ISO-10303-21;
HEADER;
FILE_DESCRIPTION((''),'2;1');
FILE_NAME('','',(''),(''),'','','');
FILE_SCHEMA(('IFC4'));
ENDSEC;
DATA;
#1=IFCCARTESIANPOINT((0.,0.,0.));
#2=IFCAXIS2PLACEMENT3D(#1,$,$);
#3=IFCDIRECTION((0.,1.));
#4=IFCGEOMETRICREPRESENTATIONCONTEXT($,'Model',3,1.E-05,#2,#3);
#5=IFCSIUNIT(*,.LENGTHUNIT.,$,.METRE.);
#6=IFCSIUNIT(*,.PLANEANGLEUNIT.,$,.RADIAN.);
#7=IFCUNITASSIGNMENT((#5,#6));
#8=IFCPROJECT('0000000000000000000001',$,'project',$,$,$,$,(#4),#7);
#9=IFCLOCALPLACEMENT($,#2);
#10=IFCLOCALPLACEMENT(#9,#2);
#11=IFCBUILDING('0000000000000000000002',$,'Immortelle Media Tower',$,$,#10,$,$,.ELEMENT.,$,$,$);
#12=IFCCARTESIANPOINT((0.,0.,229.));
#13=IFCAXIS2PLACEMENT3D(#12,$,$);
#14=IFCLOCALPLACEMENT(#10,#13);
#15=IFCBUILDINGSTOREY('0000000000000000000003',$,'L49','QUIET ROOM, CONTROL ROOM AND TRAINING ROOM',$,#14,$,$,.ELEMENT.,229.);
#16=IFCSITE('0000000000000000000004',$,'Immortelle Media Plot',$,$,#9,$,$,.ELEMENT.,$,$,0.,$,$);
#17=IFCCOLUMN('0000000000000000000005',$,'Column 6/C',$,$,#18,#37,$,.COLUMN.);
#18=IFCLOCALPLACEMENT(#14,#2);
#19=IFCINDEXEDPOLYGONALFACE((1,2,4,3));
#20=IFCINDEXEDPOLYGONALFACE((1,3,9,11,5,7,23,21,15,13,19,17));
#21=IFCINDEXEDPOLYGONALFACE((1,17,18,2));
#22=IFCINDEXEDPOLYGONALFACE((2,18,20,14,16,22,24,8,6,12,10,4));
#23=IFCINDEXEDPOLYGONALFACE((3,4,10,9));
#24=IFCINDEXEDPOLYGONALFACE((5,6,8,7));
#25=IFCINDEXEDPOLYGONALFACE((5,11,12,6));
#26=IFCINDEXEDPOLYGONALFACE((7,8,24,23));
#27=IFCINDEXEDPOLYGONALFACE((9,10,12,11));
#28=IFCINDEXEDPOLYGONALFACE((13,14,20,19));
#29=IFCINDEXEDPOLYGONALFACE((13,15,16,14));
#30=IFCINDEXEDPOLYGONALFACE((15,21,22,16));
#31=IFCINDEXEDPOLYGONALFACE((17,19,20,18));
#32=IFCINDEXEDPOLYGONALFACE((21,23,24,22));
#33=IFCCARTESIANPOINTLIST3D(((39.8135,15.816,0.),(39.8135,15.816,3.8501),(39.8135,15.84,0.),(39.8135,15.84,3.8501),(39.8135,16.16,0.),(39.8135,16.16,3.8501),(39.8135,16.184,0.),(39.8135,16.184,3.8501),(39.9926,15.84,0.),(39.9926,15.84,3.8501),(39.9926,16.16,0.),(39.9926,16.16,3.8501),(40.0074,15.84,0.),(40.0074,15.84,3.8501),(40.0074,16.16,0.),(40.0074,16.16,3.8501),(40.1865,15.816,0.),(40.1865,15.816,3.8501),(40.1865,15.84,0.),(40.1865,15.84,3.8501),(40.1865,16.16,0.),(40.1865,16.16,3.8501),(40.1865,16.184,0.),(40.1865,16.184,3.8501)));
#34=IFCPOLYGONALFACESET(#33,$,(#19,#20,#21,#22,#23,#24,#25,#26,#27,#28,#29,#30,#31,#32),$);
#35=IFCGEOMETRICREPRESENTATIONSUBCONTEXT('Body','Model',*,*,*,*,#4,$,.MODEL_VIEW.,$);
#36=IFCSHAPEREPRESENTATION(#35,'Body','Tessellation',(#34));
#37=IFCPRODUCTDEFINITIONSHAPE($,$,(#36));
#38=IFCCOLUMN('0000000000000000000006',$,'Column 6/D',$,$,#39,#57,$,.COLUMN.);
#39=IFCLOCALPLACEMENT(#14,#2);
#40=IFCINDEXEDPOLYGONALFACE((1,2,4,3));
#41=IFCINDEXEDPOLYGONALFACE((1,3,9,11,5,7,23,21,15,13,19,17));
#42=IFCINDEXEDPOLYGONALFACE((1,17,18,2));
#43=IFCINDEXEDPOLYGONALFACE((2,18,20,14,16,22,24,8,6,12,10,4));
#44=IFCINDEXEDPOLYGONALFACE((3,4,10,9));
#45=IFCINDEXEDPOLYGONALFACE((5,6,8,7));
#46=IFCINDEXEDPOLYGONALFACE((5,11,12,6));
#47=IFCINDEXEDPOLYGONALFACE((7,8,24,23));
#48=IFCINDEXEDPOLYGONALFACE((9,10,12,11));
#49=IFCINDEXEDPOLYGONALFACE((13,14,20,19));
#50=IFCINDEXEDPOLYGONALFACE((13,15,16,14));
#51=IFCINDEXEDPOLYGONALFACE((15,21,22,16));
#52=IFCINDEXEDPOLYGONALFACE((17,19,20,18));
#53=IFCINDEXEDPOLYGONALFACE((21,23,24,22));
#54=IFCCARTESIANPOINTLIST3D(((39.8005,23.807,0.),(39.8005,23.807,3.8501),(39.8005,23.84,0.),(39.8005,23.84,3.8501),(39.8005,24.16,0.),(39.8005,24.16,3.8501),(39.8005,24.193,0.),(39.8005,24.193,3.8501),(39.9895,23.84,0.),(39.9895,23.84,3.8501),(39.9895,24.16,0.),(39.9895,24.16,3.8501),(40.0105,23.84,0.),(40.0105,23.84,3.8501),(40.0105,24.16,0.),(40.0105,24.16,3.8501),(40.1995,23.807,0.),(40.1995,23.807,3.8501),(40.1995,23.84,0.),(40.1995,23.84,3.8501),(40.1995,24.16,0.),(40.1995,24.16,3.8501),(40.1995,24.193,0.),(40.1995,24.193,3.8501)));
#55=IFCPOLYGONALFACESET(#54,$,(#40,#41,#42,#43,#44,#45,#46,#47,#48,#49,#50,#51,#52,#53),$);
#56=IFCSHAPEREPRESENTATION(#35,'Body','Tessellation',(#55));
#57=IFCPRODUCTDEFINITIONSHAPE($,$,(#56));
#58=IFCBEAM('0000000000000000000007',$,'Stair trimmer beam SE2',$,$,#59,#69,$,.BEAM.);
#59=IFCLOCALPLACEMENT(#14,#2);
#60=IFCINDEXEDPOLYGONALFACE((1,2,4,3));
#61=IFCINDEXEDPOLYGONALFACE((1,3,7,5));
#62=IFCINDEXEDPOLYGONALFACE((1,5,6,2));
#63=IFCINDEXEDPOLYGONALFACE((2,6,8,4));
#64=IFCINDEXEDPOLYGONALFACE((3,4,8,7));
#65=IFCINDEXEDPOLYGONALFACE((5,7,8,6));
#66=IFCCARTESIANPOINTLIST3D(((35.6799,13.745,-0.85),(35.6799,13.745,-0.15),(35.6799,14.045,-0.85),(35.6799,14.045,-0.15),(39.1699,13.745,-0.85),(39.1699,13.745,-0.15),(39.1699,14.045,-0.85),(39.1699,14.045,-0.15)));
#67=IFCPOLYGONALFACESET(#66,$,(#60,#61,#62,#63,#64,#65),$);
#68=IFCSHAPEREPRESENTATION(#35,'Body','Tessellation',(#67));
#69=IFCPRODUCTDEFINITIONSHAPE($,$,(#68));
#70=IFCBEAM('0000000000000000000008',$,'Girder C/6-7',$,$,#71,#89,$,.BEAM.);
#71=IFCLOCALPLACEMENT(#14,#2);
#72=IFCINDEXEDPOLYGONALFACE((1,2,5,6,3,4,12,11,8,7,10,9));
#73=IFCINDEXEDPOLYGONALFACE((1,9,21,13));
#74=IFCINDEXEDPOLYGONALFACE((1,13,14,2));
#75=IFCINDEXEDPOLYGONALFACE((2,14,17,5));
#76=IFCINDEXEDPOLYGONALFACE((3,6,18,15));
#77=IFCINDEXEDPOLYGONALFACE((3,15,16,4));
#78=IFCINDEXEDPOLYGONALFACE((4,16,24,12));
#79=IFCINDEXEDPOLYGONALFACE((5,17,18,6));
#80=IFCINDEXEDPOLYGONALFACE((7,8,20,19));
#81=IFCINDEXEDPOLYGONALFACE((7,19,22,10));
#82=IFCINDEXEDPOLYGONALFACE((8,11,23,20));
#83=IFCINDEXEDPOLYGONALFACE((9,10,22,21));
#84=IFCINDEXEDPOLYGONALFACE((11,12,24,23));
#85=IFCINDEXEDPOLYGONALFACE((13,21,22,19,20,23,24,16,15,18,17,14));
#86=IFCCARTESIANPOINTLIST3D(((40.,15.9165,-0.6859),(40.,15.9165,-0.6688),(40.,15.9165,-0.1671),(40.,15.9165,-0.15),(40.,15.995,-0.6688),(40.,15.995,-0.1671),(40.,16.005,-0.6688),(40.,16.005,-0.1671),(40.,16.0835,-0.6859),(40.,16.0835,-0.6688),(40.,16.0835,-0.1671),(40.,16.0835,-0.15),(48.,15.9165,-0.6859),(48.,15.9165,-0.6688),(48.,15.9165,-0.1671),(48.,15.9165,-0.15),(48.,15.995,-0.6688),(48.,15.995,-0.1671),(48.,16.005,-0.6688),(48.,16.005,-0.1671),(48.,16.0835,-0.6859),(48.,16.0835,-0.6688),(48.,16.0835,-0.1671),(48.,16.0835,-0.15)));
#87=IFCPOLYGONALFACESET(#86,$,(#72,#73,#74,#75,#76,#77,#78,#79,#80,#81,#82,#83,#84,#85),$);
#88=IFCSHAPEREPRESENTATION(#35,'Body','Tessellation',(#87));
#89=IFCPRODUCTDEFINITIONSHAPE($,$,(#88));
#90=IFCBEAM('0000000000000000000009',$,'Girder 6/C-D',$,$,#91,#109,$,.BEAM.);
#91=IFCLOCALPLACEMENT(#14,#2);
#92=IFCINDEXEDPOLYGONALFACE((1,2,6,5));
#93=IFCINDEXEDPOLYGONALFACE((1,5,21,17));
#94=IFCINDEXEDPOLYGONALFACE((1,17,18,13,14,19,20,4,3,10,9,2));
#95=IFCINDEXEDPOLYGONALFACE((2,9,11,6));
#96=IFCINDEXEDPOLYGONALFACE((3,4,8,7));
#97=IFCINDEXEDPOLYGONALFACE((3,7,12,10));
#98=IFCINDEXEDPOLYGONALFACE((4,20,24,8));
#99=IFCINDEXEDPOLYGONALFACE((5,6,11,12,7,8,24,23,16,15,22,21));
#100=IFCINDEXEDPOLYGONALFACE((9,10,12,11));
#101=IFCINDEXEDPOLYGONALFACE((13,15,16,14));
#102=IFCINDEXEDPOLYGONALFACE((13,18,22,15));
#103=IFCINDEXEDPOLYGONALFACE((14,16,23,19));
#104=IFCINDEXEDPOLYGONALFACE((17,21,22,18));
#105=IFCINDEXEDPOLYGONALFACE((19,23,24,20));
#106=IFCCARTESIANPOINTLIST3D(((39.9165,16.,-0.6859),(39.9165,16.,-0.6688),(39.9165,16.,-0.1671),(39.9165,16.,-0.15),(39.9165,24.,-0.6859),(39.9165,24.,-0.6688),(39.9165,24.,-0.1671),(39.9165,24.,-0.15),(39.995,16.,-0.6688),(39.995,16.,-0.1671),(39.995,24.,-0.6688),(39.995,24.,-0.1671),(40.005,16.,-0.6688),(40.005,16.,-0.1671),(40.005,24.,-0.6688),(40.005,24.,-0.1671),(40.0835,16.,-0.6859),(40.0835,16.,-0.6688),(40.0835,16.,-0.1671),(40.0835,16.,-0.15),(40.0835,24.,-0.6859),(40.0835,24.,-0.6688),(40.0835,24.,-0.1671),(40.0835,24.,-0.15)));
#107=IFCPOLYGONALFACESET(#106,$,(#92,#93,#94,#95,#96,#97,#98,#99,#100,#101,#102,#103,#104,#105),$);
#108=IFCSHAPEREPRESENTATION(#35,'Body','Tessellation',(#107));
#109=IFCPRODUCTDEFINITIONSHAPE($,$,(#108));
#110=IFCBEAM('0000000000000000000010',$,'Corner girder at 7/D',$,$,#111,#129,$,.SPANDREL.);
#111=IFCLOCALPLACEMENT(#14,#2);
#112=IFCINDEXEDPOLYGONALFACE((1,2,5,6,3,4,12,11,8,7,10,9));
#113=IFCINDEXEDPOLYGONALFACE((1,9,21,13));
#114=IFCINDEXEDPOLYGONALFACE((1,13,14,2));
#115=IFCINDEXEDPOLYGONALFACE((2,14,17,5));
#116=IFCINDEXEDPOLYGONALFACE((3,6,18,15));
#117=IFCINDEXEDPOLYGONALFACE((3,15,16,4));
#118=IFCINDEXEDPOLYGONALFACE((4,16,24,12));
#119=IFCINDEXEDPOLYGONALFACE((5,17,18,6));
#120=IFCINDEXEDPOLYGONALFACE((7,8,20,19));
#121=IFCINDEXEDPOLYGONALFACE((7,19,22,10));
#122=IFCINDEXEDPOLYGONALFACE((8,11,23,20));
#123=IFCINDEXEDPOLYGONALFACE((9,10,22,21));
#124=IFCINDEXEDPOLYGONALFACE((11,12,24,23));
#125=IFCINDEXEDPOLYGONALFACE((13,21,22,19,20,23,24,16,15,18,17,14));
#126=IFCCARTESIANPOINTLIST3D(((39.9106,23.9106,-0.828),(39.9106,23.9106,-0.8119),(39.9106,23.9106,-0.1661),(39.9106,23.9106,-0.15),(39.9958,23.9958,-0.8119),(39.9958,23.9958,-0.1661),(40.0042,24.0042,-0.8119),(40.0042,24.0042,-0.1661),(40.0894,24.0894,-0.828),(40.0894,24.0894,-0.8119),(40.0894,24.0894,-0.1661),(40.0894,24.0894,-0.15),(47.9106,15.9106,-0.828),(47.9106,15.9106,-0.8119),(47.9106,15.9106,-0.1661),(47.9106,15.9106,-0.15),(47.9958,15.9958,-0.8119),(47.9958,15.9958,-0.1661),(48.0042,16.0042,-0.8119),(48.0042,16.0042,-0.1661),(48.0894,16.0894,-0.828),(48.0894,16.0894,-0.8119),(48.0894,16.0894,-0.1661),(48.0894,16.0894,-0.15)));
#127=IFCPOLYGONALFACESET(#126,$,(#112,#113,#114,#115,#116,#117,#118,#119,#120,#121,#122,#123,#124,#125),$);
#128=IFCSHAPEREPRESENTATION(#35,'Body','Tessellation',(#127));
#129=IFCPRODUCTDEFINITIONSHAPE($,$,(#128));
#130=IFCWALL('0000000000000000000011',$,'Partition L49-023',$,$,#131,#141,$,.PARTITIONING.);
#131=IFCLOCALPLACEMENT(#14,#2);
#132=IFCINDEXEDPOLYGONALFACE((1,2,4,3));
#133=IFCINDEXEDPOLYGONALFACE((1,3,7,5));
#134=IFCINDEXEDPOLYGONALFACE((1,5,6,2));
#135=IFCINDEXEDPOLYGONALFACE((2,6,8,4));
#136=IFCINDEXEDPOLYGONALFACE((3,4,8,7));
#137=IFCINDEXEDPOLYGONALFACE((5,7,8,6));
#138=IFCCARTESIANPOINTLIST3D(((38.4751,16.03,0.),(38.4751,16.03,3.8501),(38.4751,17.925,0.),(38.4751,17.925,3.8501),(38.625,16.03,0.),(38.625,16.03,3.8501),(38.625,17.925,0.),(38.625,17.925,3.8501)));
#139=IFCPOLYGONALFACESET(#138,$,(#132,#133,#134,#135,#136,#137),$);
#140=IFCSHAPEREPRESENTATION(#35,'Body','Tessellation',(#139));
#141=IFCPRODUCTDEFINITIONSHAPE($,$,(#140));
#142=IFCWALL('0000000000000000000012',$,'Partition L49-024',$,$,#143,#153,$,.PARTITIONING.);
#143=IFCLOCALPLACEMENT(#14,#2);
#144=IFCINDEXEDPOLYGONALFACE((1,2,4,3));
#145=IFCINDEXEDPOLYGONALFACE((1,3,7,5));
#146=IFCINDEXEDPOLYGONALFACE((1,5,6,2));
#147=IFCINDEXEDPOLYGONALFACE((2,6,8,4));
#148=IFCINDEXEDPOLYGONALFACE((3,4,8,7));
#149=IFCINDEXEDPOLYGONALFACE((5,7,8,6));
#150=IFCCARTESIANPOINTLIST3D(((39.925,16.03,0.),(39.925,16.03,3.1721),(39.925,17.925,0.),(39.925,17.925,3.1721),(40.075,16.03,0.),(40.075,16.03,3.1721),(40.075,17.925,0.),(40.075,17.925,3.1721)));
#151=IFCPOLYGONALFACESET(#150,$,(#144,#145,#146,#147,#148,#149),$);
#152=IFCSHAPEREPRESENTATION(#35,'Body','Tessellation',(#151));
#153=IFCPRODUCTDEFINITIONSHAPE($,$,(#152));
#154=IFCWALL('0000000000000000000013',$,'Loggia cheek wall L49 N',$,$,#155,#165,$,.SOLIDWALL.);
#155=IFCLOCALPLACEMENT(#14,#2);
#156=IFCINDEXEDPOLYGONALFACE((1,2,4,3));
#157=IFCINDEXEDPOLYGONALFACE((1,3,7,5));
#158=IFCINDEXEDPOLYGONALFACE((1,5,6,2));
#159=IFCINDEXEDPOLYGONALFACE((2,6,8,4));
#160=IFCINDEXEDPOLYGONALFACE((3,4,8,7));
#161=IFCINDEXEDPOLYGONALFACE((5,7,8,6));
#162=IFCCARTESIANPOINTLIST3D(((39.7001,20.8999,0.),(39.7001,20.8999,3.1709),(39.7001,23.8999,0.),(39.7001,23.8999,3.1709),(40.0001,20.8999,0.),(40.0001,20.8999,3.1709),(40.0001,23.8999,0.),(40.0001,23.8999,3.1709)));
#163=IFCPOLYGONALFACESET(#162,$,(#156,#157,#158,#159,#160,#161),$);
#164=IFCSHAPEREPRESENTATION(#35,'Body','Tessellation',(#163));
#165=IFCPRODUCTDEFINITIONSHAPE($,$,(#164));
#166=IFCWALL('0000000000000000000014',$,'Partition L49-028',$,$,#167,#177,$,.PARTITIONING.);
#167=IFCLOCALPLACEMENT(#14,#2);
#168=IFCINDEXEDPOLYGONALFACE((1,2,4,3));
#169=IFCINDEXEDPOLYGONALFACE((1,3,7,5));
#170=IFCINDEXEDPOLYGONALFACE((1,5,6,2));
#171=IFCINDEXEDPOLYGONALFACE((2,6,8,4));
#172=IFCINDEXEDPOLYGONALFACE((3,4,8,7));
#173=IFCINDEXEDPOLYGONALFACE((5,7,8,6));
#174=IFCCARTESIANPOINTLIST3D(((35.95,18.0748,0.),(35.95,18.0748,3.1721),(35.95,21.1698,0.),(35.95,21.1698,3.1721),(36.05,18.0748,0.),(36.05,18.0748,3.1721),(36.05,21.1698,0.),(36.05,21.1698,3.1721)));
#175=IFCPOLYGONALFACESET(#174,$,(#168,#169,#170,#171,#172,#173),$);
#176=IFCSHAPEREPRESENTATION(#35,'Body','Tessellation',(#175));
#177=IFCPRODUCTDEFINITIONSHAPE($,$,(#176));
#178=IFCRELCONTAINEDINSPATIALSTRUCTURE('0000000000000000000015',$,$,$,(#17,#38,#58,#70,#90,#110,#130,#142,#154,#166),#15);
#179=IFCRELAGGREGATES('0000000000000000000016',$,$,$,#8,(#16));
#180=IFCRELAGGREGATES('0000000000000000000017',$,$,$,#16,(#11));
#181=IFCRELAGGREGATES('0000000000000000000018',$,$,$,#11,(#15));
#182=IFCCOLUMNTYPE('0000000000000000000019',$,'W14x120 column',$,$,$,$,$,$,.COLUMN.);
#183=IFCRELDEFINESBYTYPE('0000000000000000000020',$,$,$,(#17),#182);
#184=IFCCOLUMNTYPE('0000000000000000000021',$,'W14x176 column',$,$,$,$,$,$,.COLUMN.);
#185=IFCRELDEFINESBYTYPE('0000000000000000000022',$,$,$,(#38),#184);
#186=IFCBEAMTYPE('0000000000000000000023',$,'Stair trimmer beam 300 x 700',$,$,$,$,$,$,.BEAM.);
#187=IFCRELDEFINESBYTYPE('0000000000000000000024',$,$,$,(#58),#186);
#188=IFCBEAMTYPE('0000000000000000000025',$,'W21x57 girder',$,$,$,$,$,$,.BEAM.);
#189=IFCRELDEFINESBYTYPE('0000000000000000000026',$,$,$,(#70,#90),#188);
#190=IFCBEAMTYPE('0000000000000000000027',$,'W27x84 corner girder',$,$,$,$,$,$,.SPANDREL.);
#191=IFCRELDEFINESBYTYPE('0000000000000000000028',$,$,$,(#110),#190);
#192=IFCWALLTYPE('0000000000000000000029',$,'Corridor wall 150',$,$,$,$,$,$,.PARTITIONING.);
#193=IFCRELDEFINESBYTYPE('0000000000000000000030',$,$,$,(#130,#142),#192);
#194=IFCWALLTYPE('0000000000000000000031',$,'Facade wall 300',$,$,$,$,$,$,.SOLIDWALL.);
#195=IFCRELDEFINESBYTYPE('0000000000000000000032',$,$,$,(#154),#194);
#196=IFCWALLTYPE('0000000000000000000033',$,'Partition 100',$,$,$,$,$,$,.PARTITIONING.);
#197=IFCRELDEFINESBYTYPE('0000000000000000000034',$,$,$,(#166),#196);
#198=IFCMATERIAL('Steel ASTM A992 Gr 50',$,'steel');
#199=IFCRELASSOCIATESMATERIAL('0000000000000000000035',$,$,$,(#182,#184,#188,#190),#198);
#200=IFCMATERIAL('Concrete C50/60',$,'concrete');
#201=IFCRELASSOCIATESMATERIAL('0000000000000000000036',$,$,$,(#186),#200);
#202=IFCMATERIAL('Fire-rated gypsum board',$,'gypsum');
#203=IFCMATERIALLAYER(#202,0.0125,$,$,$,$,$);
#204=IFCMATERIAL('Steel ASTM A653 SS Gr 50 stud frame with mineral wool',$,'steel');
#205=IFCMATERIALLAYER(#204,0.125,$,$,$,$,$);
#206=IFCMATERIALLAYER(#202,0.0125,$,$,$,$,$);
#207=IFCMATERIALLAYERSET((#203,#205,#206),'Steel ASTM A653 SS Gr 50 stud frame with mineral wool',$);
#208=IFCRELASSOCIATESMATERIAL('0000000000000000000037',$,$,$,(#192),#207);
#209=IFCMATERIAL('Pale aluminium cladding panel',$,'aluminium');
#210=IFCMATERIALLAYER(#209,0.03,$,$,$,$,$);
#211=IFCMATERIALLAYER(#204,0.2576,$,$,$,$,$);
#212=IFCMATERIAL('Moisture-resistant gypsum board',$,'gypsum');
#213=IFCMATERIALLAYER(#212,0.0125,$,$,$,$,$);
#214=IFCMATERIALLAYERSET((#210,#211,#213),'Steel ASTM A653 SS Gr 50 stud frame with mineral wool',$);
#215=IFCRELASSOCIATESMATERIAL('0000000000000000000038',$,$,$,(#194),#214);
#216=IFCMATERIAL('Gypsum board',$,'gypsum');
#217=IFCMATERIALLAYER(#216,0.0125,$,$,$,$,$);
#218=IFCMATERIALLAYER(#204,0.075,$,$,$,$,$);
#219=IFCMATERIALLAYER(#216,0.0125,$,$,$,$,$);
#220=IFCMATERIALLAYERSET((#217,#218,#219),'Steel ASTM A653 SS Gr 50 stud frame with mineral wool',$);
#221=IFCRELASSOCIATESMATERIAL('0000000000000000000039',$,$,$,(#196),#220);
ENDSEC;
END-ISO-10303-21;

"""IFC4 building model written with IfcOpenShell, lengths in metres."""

from ifc_helpers import new_model, si_unit, direction, frame, frame_2d, origin, origin_2d, place, context, subcontext, project, spatial, rectangle, i_section, extrude, material, layer, layer_set, material_profile, profile_set, type_object, element, save


model = new_model("IFC4")

# Units and contexts
model_context = context("Model", 3, precision=1e-05, world=origin(), true_north=direction((0.0, 1.0)))
body_context = subcontext(model_context, "Body", "Model", "MODEL_VIEW")
ifc_project = project(units=[si_unit("LENGTHUNIT", "METRE"), si_unit("PLANEANGLEUNIT", "RADIAN")], contexts=[model_context])

# Site, building, storey
site_placement = place(None, origin())
site = spatial("IfcSite", under=ifc_project, at=site_placement, Name="Immortelle Media Plot", CompositionType="ELEMENT", RefElevation=0.0)
building_placement = place(site_placement, origin())
building = spatial("IfcBuilding", under=site, at=building_placement, Name="Immortelle Media Tower", CompositionType="ELEMENT")
storey_placement = place(building_placement, frame((0.0, 0.0, 229.0)))
storey = spatial("IfcBuildingStorey", under=building, at=storey_placement, Name="L49", Description="QUIET ROOM, CONTROL ROOM AND TRAINING ROOM", CompositionType="ELEMENT", Elevation=229.0)

# Columns
ifc_material_1 = material(Name="Steel ASTM A992 Gr 50", Category="steel")
ifc_material_profile_1 = material_profile(ifc_material_1, i_section(OverallWidth=0.373, OverallDepth=0.3679, WebThickness=0.0149, FlangeThickness=0.0239, at=origin_2d()), Name="W14x120")
ifc_profile_set_1 = profile_set([ifc_material_profile_1], Name="Steel ASTM A992 Gr 50")
column_type_1 = type_object("IfcColumnType", Name="W14x120 column", PredefinedType="COLUMN", material=ifc_profile_set_1)
column_1_placement = place(storey_placement, frame((40.0, 16.0, 0.0), z_axis=(0.0, 0.0, 1.0), x_axis=(1.0, 0.0, 0.0)))
element("IfcColumn", 1, at=column_1_placement, inside=storey, type_object=column_type_1, Name="Column 6/C", PredefinedType="COLUMN", context=body_context, shape_type="SweptSolid", body=[
    extrude(i_section(OverallWidth=0.373, OverallDepth=0.3679, WebThickness=0.0149, FlangeThickness=0.0239, at=origin_2d()), origin(), (0.0, 0.0, 1.0), 3.8501),
])
ifc_material_profile_2 = material_profile(ifc_material_1, i_section(OverallWidth=0.3989, OverallDepth=0.386, WebThickness=0.021, FlangeThickness=0.033, at=origin_2d()), Name="W14x176")
ifc_profile_set_2 = profile_set([ifc_material_profile_2], Name="Steel ASTM A992 Gr 50")
column_type_2 = type_object("IfcColumnType", Name="W14x176 column", PredefinedType="COLUMN", material=ifc_profile_set_2)
column_2_placement = place(storey_placement, frame((40.0, 24.0, 0.0), z_axis=(0.0, 0.0, 1.0), x_axis=(1.0, 0.0, 0.0)))
element("IfcColumn", 2, at=column_2_placement, inside=storey, type_object=column_type_2, Name="Column 6/D", PredefinedType="COLUMN", context=body_context, shape_type="SweptSolid", body=[
    extrude(i_section(OverallWidth=0.3989, OverallDepth=0.386, WebThickness=0.021, FlangeThickness=0.033, at=origin_2d()), origin(), (0.0, 0.0, 1.0), 3.8501),
])

# Beams
ifc_material_2 = material(Name="Concrete C50/60", Category="concrete")
ifc_material_profile_3 = material_profile(ifc_material_2, rectangle(XDim=0.3, YDim=0.7, at=origin_2d()), Name="RC 300x700")
ifc_profile_set_3 = profile_set([ifc_material_profile_3], Name="Concrete C50/60")
beam_type_1 = type_object("IfcBeamType", Name="Stair trimmer beam 300 x 700", PredefinedType="BEAM", material=ifc_profile_set_3)
beam_1_placement = place(storey_placement, frame((35.6799, 13.895, -0.5), z_axis=(1.0, 0.0, 0.0), x_axis=(0.0, 1.0, 0.0)))
element("IfcBeam", 3, at=beam_1_placement, inside=storey, type_object=beam_type_1, Name="Stair trimmer beam SE2", PredefinedType="BEAM", context=body_context, shape_type="SweptSolid", body=[
    extrude(rectangle(XDim=0.3, YDim=0.7, at=origin_2d()), origin(), (0.0, 0.0, 1.0), 3.49),
])
ifc_material_profile_4 = material_profile(ifc_material_1, i_section(OverallWidth=0.167, OverallDepth=0.5359, WebThickness=0.01, FlangeThickness=0.0171, at=origin_2d()), Name="W21x57")
ifc_profile_set_4 = profile_set([ifc_material_profile_4], Name="Steel ASTM A992 Gr 50")
beam_type_2 = type_object("IfcBeamType", Name="W21x57 girder", PredefinedType="BEAM", material=ifc_profile_set_4)
for number, where, z_axis, x_axis, name in (
    (4, (40.0, 16.0, -0.418), (1.0, 0.0, 0.0), (0.0, 1.0, 0.0), "Girder C/6-7"),
    (5, (40.0, 16.0, -0.418), (0.0, 1.0, 0.0), (-1.0, 0.0, 0.0), "Girder 6/C-D"),
):
    element("IfcBeam", number, at=place(storey_placement, frame(where, z_axis=z_axis, x_axis=x_axis)), inside=storey, type_object=beam_type_2, Name=name, PredefinedType="BEAM", context=body_context, shape_type="SweptSolid", body=[
        extrude(i_section(OverallWidth=0.167, OverallDepth=0.5359, WebThickness=0.01, FlangeThickness=0.0171, at=origin_2d()), origin(), (0.0, 0.0, 1.0), 8.0),
    ])
ifc_material_profile_5 = material_profile(ifc_material_1, i_section(OverallWidth=0.2529, OverallDepth=0.678, WebThickness=0.012, FlangeThickness=0.0161, at=origin_2d()), Name="W27x84")
ifc_profile_set_5 = profile_set([ifc_material_profile_5], Name="Steel ASTM A992 Gr 50")
beam_type_3 = type_object("IfcBeamType", Name="W27x84 corner girder", PredefinedType="SPANDREL", material=ifc_profile_set_5)
beam_2_placement = place(storey_placement, frame((40.0, 24.0, -0.489), z_axis=(0.707107, -0.707107, 0.0), x_axis=(0.707107, 0.707107, 0.0)))
element("IfcBeam", 6, at=beam_2_placement, inside=storey, type_object=beam_type_3, Name="Corner girder at 7/D", PredefinedType="SPANDREL", context=body_context, shape_type="SweptSolid", body=[
    extrude(i_section(OverallWidth=0.2529, OverallDepth=0.678, WebThickness=0.012, FlangeThickness=0.0161, at=origin_2d()), origin(), (0.0, 0.0, 1.0), 11.3137),
])

# Walls
ifc_material_3 = material(Name="Fire-rated gypsum board", Category="gypsum")
ifc_layer_1 = layer(ifc_material_3, 0.0125)
ifc_material_4 = material(Name="Steel ASTM A653 SS Gr 50 stud frame with mineral wool", Category="steel")
ifc_layer_2 = layer(ifc_material_4, 0.125)
ifc_layer_3 = layer(ifc_material_3, 0.0125)
ifc_layer_set_1 = layer_set([ifc_layer_1, ifc_layer_2, ifc_layer_3], Name="Steel ASTM A653 SS Gr 50 stud frame with mineral wool")
wall_type_1 = type_object("IfcWallType", Name="Corridor wall 150", PredefinedType="PARTITIONING", material=ifc_layer_set_1)
wall_1_placement = place(storey_placement, frame((38.55, 16.03, 0.0), z_axis=(0.0, 0.0, 1.0), x_axis=(0.0, 1.0, 0.0)))
element("IfcWall", 7, at=wall_1_placement, inside=storey, type_object=wall_type_1, Name="Partition L49-023", PredefinedType="PARTITIONING", context=body_context, shape_type="SweptSolid", body=[
    extrude(rectangle(XDim=1.895, YDim=0.1499, at=frame_2d((0.9475, 0.0))), origin(), (0.0, 0.0, 1.0), 3.8501),
])
wall_2_placement = place(storey_placement, frame((40.0, 16.03, 0.0), z_axis=(0.0, 0.0, 1.0), x_axis=(0.0, 1.0, 0.0)))
element("IfcWall", 8, at=wall_2_placement, inside=storey, type_object=wall_type_1, Name="Partition L49-024", PredefinedType="PARTITIONING", context=body_context, shape_type="SweptSolid", body=[
    extrude(rectangle(XDim=1.895, YDim=0.1499, at=frame_2d((0.9475, 0.0))), origin(), (0.0, 0.0, 1.0), 3.1721),
])

# Shared definitions
ifc_material_5 = material(Name="Pale aluminium cladding panel", Category="aluminium")
ifc_layer_4 = layer(ifc_material_5, 0.03)
ifc_layer_5 = layer(ifc_material_4, 0.2576)
ifc_material_6 = material(Name="Moisture-resistant gypsum board", Category="gypsum")
ifc_layer_6 = layer(ifc_material_6, 0.0125)
ifc_layer_set_2 = layer_set([ifc_layer_4, ifc_layer_5, ifc_layer_6], Name="Steel ASTM A653 SS Gr 50 stud frame with mineral wool")
wall_type_2 = type_object("IfcWallType", Name="Facade wall 300", PredefinedType="SOLIDWALL", material=ifc_layer_set_2)

# Walls
wall_3_placement = place(storey_placement, frame((39.8501, 23.8999, 0.0), z_axis=(0.0, 0.0, 1.0), x_axis=(0.0, -1.0, 0.0)))
element("IfcWall", 9, at=wall_3_placement, inside=storey, type_object=wall_type_2, Name="Loggia cheek wall L49 N", PredefinedType="SOLIDWALL", context=body_context, shape_type="SweptSolid", body=[
    extrude(rectangle(XDim=3.0, YDim=0.3, at=frame_2d((1.5, 0.0))), origin(), (0.0, 0.0, 1.0), 3.1709),
])
ifc_material_7 = material(Name="Gypsum board", Category="gypsum")
ifc_layer_7 = layer(ifc_material_7, 0.0125)
ifc_layer_8 = layer(ifc_material_4, 0.075)
ifc_layer_9 = layer(ifc_material_7, 0.0125)
ifc_layer_set_3 = layer_set([ifc_layer_7, ifc_layer_8, ifc_layer_9], Name="Steel ASTM A653 SS Gr 50 stud frame with mineral wool")
wall_type_3 = type_object("IfcWallType", Name="Partition 100", PredefinedType="PARTITIONING", material=ifc_layer_set_3)
wall_4_placement = place(storey_placement, frame((36.0, 18.075, 0.0), z_axis=(0.0, 0.0, 1.0), x_axis=(0.0, 1.0, 0.0)))
element("IfcWall", 10, at=wall_4_placement, inside=storey, type_object=wall_type_3, Name="Partition L49-028", PredefinedType="PARTITIONING", context=body_context, shape_type="SweptSolid", body=[
    extrude(rectangle(XDim=3.095, YDim=0.1001, at=frame_2d((1.5474, 0.0))), origin(), (0.0, 0.0, 1.0), 3.1721),
])

save(model, "model.ifc")
